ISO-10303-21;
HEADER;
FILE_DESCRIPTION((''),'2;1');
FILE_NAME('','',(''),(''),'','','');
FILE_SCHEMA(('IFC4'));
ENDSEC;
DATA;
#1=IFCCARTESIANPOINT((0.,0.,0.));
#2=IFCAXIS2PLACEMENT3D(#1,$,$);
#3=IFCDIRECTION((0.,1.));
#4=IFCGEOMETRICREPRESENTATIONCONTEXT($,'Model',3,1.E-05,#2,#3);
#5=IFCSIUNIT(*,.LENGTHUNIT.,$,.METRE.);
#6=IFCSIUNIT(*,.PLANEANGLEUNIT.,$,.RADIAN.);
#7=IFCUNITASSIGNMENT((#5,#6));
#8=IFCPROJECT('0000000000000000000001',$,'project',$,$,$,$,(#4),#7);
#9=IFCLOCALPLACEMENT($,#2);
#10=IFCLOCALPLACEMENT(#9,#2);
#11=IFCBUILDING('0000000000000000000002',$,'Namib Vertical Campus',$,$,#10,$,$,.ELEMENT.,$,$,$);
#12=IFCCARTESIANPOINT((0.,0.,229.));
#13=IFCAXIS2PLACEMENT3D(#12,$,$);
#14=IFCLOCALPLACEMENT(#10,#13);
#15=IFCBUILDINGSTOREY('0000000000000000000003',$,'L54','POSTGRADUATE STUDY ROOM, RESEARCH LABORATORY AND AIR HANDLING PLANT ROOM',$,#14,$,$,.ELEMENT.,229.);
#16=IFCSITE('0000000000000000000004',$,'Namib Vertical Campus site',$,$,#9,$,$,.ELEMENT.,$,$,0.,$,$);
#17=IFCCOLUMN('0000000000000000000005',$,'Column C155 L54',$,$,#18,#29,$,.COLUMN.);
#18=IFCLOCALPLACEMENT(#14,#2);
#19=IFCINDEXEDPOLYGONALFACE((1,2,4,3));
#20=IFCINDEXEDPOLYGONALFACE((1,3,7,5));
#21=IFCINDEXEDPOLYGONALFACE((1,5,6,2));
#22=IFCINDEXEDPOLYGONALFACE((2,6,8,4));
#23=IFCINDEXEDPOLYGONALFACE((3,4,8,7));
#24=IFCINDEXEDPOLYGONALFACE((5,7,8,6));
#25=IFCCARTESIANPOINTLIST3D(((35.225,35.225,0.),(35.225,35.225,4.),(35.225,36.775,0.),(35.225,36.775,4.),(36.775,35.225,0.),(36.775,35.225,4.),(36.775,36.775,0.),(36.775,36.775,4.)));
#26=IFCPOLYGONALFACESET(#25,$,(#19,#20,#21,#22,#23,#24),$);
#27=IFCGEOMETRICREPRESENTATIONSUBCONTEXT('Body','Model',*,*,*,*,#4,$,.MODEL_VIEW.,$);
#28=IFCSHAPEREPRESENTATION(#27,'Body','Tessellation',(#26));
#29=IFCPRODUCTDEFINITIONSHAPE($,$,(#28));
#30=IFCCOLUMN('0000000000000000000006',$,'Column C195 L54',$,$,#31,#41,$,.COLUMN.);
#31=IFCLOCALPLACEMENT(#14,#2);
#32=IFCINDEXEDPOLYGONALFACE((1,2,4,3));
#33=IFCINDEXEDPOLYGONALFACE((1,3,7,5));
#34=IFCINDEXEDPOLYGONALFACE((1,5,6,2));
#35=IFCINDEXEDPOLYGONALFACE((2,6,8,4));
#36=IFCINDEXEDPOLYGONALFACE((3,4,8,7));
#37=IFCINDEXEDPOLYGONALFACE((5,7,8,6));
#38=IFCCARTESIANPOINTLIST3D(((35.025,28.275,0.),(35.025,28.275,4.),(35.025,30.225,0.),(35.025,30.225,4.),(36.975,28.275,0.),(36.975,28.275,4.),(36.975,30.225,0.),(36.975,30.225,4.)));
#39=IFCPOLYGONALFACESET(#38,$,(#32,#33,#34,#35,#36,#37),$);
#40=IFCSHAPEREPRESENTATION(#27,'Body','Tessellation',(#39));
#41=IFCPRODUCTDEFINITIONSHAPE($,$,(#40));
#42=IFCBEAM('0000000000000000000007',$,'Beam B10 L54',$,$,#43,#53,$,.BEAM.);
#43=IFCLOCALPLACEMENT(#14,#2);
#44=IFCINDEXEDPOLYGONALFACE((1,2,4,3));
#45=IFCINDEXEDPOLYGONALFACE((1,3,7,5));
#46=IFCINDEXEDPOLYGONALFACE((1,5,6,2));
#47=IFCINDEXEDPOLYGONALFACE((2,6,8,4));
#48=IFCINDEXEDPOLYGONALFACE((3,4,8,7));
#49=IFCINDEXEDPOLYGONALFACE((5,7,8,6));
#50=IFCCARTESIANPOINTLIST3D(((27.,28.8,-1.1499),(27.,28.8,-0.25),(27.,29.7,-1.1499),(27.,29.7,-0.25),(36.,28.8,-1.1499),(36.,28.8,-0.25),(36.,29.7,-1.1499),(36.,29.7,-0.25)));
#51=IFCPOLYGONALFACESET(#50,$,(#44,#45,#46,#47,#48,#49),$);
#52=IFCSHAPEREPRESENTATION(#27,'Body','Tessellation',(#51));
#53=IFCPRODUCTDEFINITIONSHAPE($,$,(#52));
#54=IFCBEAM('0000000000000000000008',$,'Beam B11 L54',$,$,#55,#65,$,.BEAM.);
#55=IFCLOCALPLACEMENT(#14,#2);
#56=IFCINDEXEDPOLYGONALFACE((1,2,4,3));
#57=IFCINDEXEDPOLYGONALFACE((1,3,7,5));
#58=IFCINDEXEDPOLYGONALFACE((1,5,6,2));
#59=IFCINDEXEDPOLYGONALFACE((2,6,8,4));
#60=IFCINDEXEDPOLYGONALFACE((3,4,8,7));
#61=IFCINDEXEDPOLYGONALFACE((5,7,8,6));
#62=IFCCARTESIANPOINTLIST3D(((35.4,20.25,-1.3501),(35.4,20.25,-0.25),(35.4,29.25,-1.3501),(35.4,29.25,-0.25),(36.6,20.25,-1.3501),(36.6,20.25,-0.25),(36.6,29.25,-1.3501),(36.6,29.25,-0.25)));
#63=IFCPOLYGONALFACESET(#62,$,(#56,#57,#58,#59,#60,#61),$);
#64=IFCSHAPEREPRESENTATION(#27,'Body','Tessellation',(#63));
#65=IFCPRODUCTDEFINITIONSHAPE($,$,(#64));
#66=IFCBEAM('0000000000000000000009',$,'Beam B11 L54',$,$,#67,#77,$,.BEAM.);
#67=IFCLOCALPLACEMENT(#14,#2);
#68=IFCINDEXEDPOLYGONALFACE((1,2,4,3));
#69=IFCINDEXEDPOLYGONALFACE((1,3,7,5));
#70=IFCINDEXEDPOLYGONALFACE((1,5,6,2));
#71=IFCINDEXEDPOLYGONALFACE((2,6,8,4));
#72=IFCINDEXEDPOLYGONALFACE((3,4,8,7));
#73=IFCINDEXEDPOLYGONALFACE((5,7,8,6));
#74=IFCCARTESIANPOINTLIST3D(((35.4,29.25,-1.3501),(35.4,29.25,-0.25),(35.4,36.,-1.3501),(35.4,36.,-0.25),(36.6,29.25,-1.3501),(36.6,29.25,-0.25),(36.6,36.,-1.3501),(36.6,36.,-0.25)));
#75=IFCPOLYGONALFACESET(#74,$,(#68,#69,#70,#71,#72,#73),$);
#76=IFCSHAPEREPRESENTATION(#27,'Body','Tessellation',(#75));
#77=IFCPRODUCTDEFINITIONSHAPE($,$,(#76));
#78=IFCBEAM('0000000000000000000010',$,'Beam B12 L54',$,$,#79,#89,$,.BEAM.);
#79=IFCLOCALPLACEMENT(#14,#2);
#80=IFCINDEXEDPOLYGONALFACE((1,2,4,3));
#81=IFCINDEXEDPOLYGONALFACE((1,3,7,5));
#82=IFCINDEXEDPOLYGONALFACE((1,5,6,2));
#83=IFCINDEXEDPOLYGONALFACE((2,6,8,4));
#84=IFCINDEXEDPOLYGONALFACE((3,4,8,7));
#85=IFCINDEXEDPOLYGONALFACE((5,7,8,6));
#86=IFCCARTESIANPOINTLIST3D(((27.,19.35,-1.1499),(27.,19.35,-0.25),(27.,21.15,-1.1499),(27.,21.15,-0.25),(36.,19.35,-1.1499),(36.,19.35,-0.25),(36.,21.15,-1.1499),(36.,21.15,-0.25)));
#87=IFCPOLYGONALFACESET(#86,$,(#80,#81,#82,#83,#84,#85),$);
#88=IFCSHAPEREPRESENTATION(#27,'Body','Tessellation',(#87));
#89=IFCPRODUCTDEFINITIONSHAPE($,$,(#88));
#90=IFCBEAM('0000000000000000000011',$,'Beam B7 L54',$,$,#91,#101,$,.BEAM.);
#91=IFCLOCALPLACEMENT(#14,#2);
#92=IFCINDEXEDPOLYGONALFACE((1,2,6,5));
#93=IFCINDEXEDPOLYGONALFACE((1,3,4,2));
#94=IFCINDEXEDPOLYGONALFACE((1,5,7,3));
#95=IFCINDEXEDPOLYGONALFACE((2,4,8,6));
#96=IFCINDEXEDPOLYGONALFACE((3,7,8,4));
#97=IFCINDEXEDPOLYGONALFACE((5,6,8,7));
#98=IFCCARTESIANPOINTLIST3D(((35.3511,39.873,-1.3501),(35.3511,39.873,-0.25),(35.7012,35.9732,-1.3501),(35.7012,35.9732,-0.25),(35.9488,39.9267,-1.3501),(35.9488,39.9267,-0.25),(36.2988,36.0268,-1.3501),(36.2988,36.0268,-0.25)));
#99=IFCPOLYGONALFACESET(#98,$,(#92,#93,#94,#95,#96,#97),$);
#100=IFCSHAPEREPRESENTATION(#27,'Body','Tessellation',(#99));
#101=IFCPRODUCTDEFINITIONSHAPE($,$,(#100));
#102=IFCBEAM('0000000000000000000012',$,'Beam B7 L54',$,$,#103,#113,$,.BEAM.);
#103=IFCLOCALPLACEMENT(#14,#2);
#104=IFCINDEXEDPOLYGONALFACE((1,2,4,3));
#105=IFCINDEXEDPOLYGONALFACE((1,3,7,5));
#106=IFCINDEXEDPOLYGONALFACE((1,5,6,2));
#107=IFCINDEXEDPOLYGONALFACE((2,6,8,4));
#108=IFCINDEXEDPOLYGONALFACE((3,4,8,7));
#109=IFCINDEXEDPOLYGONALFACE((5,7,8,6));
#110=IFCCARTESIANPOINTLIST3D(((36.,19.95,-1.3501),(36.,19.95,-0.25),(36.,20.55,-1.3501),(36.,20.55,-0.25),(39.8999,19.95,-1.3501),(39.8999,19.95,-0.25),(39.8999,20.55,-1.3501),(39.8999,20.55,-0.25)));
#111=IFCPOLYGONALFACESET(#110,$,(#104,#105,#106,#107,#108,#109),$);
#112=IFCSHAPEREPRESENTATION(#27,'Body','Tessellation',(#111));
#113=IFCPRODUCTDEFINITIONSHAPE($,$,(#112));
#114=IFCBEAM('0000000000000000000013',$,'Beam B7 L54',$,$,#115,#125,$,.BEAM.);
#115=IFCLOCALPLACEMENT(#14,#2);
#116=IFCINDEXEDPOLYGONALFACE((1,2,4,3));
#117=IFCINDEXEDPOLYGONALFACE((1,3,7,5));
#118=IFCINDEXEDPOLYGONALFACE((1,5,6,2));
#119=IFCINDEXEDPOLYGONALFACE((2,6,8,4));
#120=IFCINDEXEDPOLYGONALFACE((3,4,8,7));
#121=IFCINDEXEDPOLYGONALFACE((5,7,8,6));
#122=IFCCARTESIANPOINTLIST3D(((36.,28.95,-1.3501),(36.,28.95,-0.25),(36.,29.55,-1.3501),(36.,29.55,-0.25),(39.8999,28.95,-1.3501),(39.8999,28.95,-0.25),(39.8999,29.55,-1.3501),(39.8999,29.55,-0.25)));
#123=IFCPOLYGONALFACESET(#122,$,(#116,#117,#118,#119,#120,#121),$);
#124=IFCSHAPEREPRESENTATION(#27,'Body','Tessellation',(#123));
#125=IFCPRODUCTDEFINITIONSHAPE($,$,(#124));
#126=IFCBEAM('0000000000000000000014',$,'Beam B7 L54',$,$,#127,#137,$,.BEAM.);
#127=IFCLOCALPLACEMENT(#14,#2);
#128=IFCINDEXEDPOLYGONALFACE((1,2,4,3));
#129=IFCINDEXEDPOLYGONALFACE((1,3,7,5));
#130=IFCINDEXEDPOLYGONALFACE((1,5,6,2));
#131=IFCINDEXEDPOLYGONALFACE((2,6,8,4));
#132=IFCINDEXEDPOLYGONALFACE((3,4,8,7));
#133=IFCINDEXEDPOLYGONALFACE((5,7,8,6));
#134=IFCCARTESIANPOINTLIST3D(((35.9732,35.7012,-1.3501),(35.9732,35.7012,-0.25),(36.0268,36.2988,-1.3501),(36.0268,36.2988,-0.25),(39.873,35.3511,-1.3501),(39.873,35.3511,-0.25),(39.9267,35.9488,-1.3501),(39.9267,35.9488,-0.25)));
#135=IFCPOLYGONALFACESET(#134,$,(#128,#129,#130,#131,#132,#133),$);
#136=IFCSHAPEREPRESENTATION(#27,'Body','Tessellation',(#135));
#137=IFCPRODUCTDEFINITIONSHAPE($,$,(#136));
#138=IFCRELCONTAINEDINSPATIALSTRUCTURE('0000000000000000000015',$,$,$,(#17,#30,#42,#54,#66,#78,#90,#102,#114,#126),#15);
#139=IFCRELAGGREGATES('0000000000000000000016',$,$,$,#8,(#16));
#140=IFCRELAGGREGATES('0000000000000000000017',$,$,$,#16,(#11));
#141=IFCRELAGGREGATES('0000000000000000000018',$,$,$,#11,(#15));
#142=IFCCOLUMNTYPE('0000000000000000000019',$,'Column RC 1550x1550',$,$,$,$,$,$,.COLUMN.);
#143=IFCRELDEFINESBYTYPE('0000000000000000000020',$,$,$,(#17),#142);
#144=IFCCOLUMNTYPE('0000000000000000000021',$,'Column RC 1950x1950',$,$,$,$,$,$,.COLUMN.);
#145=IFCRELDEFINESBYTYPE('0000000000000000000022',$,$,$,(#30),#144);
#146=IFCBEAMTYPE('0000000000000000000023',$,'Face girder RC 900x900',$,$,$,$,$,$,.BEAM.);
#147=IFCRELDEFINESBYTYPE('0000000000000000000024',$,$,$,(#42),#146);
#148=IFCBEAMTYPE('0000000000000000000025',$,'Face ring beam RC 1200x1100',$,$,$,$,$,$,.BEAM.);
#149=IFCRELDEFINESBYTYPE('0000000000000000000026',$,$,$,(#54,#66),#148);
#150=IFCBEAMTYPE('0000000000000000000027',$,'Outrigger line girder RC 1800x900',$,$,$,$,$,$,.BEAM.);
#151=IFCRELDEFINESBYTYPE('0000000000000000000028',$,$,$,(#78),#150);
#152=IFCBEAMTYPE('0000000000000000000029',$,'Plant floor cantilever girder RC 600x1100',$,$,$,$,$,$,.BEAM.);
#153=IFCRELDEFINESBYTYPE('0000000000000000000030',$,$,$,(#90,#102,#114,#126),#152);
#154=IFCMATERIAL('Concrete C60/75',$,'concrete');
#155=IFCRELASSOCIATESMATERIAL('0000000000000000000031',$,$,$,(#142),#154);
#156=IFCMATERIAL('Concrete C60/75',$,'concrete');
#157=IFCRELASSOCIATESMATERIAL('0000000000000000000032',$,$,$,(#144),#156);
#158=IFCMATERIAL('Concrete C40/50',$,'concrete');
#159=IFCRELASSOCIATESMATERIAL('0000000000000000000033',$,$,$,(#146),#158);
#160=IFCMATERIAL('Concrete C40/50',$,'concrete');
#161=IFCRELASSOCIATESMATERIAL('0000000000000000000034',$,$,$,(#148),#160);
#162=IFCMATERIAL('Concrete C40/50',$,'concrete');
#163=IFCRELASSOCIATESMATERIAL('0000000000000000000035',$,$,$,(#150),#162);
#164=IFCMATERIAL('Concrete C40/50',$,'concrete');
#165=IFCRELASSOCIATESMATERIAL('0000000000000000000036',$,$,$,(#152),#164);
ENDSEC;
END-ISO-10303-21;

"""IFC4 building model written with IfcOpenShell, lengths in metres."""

from ifc_helpers import new_model, si_unit, direction, frame, origin, origin_2d, place, context, subcontext, project, spatial, rectangle, extrude, material, material_profile, profile_set, type_object, element, save


model = new_model("IFC4")

# Units and contexts
model_context = context("Model", 3, precision=1e-05, world=origin(), true_north=direction((0.0, 1.0)))
body_context = subcontext(model_context, "Body", "Model", "MODEL_VIEW")
ifc_project = project(units=[si_unit("LENGTHUNIT", "METRE"), si_unit("PLANEANGLEUNIT", "RADIAN")], contexts=[model_context])

# Site, building, storey
site_placement = place(None, origin())
site = spatial("IfcSite", under=ifc_project, at=site_placement, Name="Namib Vertical Campus site", CompositionType="ELEMENT", RefElevation=0.0)
building_placement = place(site_placement, origin())
building = spatial("IfcBuilding", under=site, at=building_placement, Name="Namib Vertical Campus", CompositionType="ELEMENT")
storey_placement = place(building_placement, frame((0.0, 0.0, 229.0)))
storey = spatial("IfcBuildingStorey", under=building, at=storey_placement, Name="L54", Description="POSTGRADUATE STUDY ROOM, RESEARCH LABORATORY AND AIR HANDLING PLANT ROOM", CompositionType="ELEMENT", Elevation=229.0)

# Columns
ifc_material_1 = material(Name="Concrete C60/75", Category="concrete")
ifc_material_profile_1 = material_profile(ifc_material_1, rectangle(XDim=1.55, YDim=1.55, at=origin_2d()))
ifc_profile_set_1 = profile_set([ifc_material_profile_1], Name="Concrete C60/75")
column_type_1 = type_object("IfcColumnType", Name="Column RC 1550x1550", PredefinedType="COLUMN", material=ifc_profile_set_1)
column_1_placement = place(storey_placement, frame((36.0, 36.0, 0.0), z_axis=(0.0, 0.0, 1.0), x_axis=(1.0, 0.0, 0.0)))
element("IfcColumn", 1, at=column_1_placement, inside=storey, type_object=column_type_1, Name="Column C155 L54", PredefinedType="COLUMN", context=body_context, shape_type="SweptSolid", body=[
    extrude(rectangle(XDim=1.55, YDim=1.55, at=origin_2d()), origin(), (0.0, 0.0, 1.0), 4.0),
])
ifc_material_2 = material(Name="Concrete C60/75", Category="concrete")
ifc_material_profile_2 = material_profile(ifc_material_2, rectangle(XDim=1.95, YDim=1.95, at=origin_2d()))
ifc_profile_set_2 = profile_set([ifc_material_profile_2], Name="Concrete C60/75")
column_type_2 = type_object("IfcColumnType", Name="Column RC 1950x1950", PredefinedType="COLUMN", material=ifc_profile_set_2)
column_2_placement = place(storey_placement, frame((36.0, 29.25, 0.0), z_axis=(0.0, 0.0, 1.0), x_axis=(1.0, 0.0, 0.0)))
element("IfcColumn", 2, at=column_2_placement, inside=storey, type_object=column_type_2, Name="Column C195 L54", PredefinedType="COLUMN", context=body_context, shape_type="SweptSolid", body=[
    extrude(rectangle(XDim=1.95, YDim=1.95, at=origin_2d()), origin(), (0.0, 0.0, 1.0), 4.0),
])

# Beams
ifc_material_3 = material(Name="Concrete C40/50", Category="concrete")
ifc_material_profile_3 = material_profile(ifc_material_3, rectangle(XDim=0.8999, YDim=0.8999, at=origin_2d()))
ifc_profile_set_3 = profile_set([ifc_material_profile_3], Name="Concrete C40/50")
beam_type_1 = type_object("IfcBeamType", Name="Face girder RC 900x900", PredefinedType="BEAM", material=ifc_profile_set_3)
beam_1_placement = place(storey_placement, frame((36.0, 29.25, -0.7), z_axis=(-1.0, 0.0, 0.0), x_axis=(0.0, -1.0, 0.0)))
element("IfcBeam", 3, at=beam_1_placement, inside=storey, type_object=beam_type_1, Name="Beam B10 L54", PredefinedType="BEAM", context=body_context, shape_type="SweptSolid", body=[
    extrude(rectangle(XDim=0.8999, YDim=0.8999, at=origin_2d()), origin(), (0.0, 0.0, 1.0), 9.0),
])
ifc_material_4 = material(Name="Concrete C40/50", Category="concrete")
ifc_material_profile_4 = material_profile(ifc_material_4, rectangle(XDim=1.2, YDim=1.1001, at=origin_2d()))
ifc_profile_set_4 = profile_set([ifc_material_profile_4], Name="Concrete C40/50")
beam_type_2 = type_object("IfcBeamType", Name="Face ring beam RC 1200x1100", PredefinedType="BEAM", material=ifc_profile_set_4)
beam_2_placement = place(storey_placement, frame((36.0, 20.25, -0.8), z_axis=(0.0, 1.0, 0.0), x_axis=(-1.0, 0.0, 0.0)))
element("IfcBeam", 4, at=beam_2_placement, inside=storey, type_object=beam_type_2, Name="Beam B11 L54", PredefinedType="BEAM", context=body_context, shape_type="SweptSolid", body=[
    extrude(rectangle(XDim=1.2, YDim=1.1001, at=origin_2d()), origin(), (0.0, 0.0, 1.0), 9.0),
])
beam_3_placement = place(storey_placement, frame((36.0, 29.25, -0.8), z_axis=(0.0, 1.0, 0.0), x_axis=(-1.0, 0.0, 0.0)))
element("IfcBeam", 5, at=beam_3_placement, inside=storey, type_object=beam_type_2, Name="Beam B11 L54", PredefinedType="BEAM", context=body_context, shape_type="SweptSolid", body=[
    extrude(rectangle(XDim=1.2, YDim=1.1001, at=origin_2d()), origin(), (0.0, 0.0, 1.0), 6.75),
])
ifc_material_5 = material(Name="Concrete C40/50", Category="concrete")
ifc_material_profile_5 = material_profile(ifc_material_5, rectangle(XDim=1.8, YDim=0.8999, at=origin_2d()))
ifc_profile_set_5 = profile_set([ifc_material_profile_5], Name="Concrete C40/50")
beam_type_3 = type_object("IfcBeamType", Name="Outrigger line girder RC 1800x900", PredefinedType="BEAM", material=ifc_profile_set_5)
beam_4_placement = place(storey_placement, frame((36.0, 20.25, -0.7), z_axis=(-1.0, 0.0, 0.0), x_axis=(0.0, -1.0, 0.0)))
element("IfcBeam", 6, at=beam_4_placement, inside=storey, type_object=beam_type_3, Name="Beam B12 L54", PredefinedType="BEAM", context=body_context, shape_type="SweptSolid", body=[
    extrude(rectangle(XDim=1.8, YDim=0.8999, at=origin_2d()), origin(), (0.0, 0.0, 1.0), 9.0),
])
ifc_material_6 = material(Name="Concrete C40/50", Category="concrete")
ifc_material_profile_6 = material_profile(ifc_material_6, rectangle(XDim=0.6001, YDim=1.1001, at=origin_2d()))
ifc_profile_set_6 = profile_set([ifc_material_profile_6], Name="Concrete C40/50")
beam_type_4 = type_object("IfcBeamType", Name="Plant floor cantilever girder RC 600x1100", PredefinedType="BEAM", material=ifc_profile_set_6)
beam_5_placement = place(storey_placement, frame((36.0, 36.0, -0.8), z_axis=(-0.089411, 0.995995, 0.0), x_axis=(-0.995995, -0.089411, 0.0)))
element("IfcBeam", 7, at=beam_5_placement, inside=storey, type_object=beam_type_4, Name="Beam B7 L54", PredefinedType="BEAM", context=body_context, shape_type="SweptSolid", body=[
    extrude(rectangle(XDim=0.6001, YDim=1.1001, at=origin_2d()), origin(), (0.0, 0.0, 1.0), 3.9155),
])
for number, where, z_axis, x_axis, name in (
    (8, (36.0, 20.25, -0.8), (1.0, 0.0, 0.0), (0.0, 1.0, 0.0), "Beam B7 L54"),
    (9, (36.0, 29.25, -0.8), (1.0, 0.0, 0.0), (0.0, 1.0, 0.0), "Beam B7 L54"),
):
    element("IfcBeam", number, at=place(storey_placement, frame(where, z_axis=z_axis, x_axis=x_axis)), inside=storey, type_object=beam_type_4, Name=name, PredefinedType="BEAM", context=body_context, shape_type="SweptSolid", body=[
        extrude(rectangle(XDim=0.6001, YDim=1.1001, at=origin_2d()), origin(), (0.0, 0.0, 1.0), 3.8999),
    ])
beam_6_placement = place(storey_placement, frame((36.0, 36.0, -0.8), z_axis=(0.995995, -0.089411, 0.0), x_axis=(0.089411, 0.995995, 0.0)))
element("IfcBeam", 10, at=beam_6_placement, inside=storey, type_object=beam_type_4, Name="Beam B7 L54", PredefinedType="BEAM", context=body_context, shape_type="SweptSolid", body=[
    extrude(rectangle(XDim=0.6001, YDim=1.1001, at=origin_2d()), origin(), (0.0, 0.0, 1.0), 3.9155),
])

save(model, "model.ifc")
